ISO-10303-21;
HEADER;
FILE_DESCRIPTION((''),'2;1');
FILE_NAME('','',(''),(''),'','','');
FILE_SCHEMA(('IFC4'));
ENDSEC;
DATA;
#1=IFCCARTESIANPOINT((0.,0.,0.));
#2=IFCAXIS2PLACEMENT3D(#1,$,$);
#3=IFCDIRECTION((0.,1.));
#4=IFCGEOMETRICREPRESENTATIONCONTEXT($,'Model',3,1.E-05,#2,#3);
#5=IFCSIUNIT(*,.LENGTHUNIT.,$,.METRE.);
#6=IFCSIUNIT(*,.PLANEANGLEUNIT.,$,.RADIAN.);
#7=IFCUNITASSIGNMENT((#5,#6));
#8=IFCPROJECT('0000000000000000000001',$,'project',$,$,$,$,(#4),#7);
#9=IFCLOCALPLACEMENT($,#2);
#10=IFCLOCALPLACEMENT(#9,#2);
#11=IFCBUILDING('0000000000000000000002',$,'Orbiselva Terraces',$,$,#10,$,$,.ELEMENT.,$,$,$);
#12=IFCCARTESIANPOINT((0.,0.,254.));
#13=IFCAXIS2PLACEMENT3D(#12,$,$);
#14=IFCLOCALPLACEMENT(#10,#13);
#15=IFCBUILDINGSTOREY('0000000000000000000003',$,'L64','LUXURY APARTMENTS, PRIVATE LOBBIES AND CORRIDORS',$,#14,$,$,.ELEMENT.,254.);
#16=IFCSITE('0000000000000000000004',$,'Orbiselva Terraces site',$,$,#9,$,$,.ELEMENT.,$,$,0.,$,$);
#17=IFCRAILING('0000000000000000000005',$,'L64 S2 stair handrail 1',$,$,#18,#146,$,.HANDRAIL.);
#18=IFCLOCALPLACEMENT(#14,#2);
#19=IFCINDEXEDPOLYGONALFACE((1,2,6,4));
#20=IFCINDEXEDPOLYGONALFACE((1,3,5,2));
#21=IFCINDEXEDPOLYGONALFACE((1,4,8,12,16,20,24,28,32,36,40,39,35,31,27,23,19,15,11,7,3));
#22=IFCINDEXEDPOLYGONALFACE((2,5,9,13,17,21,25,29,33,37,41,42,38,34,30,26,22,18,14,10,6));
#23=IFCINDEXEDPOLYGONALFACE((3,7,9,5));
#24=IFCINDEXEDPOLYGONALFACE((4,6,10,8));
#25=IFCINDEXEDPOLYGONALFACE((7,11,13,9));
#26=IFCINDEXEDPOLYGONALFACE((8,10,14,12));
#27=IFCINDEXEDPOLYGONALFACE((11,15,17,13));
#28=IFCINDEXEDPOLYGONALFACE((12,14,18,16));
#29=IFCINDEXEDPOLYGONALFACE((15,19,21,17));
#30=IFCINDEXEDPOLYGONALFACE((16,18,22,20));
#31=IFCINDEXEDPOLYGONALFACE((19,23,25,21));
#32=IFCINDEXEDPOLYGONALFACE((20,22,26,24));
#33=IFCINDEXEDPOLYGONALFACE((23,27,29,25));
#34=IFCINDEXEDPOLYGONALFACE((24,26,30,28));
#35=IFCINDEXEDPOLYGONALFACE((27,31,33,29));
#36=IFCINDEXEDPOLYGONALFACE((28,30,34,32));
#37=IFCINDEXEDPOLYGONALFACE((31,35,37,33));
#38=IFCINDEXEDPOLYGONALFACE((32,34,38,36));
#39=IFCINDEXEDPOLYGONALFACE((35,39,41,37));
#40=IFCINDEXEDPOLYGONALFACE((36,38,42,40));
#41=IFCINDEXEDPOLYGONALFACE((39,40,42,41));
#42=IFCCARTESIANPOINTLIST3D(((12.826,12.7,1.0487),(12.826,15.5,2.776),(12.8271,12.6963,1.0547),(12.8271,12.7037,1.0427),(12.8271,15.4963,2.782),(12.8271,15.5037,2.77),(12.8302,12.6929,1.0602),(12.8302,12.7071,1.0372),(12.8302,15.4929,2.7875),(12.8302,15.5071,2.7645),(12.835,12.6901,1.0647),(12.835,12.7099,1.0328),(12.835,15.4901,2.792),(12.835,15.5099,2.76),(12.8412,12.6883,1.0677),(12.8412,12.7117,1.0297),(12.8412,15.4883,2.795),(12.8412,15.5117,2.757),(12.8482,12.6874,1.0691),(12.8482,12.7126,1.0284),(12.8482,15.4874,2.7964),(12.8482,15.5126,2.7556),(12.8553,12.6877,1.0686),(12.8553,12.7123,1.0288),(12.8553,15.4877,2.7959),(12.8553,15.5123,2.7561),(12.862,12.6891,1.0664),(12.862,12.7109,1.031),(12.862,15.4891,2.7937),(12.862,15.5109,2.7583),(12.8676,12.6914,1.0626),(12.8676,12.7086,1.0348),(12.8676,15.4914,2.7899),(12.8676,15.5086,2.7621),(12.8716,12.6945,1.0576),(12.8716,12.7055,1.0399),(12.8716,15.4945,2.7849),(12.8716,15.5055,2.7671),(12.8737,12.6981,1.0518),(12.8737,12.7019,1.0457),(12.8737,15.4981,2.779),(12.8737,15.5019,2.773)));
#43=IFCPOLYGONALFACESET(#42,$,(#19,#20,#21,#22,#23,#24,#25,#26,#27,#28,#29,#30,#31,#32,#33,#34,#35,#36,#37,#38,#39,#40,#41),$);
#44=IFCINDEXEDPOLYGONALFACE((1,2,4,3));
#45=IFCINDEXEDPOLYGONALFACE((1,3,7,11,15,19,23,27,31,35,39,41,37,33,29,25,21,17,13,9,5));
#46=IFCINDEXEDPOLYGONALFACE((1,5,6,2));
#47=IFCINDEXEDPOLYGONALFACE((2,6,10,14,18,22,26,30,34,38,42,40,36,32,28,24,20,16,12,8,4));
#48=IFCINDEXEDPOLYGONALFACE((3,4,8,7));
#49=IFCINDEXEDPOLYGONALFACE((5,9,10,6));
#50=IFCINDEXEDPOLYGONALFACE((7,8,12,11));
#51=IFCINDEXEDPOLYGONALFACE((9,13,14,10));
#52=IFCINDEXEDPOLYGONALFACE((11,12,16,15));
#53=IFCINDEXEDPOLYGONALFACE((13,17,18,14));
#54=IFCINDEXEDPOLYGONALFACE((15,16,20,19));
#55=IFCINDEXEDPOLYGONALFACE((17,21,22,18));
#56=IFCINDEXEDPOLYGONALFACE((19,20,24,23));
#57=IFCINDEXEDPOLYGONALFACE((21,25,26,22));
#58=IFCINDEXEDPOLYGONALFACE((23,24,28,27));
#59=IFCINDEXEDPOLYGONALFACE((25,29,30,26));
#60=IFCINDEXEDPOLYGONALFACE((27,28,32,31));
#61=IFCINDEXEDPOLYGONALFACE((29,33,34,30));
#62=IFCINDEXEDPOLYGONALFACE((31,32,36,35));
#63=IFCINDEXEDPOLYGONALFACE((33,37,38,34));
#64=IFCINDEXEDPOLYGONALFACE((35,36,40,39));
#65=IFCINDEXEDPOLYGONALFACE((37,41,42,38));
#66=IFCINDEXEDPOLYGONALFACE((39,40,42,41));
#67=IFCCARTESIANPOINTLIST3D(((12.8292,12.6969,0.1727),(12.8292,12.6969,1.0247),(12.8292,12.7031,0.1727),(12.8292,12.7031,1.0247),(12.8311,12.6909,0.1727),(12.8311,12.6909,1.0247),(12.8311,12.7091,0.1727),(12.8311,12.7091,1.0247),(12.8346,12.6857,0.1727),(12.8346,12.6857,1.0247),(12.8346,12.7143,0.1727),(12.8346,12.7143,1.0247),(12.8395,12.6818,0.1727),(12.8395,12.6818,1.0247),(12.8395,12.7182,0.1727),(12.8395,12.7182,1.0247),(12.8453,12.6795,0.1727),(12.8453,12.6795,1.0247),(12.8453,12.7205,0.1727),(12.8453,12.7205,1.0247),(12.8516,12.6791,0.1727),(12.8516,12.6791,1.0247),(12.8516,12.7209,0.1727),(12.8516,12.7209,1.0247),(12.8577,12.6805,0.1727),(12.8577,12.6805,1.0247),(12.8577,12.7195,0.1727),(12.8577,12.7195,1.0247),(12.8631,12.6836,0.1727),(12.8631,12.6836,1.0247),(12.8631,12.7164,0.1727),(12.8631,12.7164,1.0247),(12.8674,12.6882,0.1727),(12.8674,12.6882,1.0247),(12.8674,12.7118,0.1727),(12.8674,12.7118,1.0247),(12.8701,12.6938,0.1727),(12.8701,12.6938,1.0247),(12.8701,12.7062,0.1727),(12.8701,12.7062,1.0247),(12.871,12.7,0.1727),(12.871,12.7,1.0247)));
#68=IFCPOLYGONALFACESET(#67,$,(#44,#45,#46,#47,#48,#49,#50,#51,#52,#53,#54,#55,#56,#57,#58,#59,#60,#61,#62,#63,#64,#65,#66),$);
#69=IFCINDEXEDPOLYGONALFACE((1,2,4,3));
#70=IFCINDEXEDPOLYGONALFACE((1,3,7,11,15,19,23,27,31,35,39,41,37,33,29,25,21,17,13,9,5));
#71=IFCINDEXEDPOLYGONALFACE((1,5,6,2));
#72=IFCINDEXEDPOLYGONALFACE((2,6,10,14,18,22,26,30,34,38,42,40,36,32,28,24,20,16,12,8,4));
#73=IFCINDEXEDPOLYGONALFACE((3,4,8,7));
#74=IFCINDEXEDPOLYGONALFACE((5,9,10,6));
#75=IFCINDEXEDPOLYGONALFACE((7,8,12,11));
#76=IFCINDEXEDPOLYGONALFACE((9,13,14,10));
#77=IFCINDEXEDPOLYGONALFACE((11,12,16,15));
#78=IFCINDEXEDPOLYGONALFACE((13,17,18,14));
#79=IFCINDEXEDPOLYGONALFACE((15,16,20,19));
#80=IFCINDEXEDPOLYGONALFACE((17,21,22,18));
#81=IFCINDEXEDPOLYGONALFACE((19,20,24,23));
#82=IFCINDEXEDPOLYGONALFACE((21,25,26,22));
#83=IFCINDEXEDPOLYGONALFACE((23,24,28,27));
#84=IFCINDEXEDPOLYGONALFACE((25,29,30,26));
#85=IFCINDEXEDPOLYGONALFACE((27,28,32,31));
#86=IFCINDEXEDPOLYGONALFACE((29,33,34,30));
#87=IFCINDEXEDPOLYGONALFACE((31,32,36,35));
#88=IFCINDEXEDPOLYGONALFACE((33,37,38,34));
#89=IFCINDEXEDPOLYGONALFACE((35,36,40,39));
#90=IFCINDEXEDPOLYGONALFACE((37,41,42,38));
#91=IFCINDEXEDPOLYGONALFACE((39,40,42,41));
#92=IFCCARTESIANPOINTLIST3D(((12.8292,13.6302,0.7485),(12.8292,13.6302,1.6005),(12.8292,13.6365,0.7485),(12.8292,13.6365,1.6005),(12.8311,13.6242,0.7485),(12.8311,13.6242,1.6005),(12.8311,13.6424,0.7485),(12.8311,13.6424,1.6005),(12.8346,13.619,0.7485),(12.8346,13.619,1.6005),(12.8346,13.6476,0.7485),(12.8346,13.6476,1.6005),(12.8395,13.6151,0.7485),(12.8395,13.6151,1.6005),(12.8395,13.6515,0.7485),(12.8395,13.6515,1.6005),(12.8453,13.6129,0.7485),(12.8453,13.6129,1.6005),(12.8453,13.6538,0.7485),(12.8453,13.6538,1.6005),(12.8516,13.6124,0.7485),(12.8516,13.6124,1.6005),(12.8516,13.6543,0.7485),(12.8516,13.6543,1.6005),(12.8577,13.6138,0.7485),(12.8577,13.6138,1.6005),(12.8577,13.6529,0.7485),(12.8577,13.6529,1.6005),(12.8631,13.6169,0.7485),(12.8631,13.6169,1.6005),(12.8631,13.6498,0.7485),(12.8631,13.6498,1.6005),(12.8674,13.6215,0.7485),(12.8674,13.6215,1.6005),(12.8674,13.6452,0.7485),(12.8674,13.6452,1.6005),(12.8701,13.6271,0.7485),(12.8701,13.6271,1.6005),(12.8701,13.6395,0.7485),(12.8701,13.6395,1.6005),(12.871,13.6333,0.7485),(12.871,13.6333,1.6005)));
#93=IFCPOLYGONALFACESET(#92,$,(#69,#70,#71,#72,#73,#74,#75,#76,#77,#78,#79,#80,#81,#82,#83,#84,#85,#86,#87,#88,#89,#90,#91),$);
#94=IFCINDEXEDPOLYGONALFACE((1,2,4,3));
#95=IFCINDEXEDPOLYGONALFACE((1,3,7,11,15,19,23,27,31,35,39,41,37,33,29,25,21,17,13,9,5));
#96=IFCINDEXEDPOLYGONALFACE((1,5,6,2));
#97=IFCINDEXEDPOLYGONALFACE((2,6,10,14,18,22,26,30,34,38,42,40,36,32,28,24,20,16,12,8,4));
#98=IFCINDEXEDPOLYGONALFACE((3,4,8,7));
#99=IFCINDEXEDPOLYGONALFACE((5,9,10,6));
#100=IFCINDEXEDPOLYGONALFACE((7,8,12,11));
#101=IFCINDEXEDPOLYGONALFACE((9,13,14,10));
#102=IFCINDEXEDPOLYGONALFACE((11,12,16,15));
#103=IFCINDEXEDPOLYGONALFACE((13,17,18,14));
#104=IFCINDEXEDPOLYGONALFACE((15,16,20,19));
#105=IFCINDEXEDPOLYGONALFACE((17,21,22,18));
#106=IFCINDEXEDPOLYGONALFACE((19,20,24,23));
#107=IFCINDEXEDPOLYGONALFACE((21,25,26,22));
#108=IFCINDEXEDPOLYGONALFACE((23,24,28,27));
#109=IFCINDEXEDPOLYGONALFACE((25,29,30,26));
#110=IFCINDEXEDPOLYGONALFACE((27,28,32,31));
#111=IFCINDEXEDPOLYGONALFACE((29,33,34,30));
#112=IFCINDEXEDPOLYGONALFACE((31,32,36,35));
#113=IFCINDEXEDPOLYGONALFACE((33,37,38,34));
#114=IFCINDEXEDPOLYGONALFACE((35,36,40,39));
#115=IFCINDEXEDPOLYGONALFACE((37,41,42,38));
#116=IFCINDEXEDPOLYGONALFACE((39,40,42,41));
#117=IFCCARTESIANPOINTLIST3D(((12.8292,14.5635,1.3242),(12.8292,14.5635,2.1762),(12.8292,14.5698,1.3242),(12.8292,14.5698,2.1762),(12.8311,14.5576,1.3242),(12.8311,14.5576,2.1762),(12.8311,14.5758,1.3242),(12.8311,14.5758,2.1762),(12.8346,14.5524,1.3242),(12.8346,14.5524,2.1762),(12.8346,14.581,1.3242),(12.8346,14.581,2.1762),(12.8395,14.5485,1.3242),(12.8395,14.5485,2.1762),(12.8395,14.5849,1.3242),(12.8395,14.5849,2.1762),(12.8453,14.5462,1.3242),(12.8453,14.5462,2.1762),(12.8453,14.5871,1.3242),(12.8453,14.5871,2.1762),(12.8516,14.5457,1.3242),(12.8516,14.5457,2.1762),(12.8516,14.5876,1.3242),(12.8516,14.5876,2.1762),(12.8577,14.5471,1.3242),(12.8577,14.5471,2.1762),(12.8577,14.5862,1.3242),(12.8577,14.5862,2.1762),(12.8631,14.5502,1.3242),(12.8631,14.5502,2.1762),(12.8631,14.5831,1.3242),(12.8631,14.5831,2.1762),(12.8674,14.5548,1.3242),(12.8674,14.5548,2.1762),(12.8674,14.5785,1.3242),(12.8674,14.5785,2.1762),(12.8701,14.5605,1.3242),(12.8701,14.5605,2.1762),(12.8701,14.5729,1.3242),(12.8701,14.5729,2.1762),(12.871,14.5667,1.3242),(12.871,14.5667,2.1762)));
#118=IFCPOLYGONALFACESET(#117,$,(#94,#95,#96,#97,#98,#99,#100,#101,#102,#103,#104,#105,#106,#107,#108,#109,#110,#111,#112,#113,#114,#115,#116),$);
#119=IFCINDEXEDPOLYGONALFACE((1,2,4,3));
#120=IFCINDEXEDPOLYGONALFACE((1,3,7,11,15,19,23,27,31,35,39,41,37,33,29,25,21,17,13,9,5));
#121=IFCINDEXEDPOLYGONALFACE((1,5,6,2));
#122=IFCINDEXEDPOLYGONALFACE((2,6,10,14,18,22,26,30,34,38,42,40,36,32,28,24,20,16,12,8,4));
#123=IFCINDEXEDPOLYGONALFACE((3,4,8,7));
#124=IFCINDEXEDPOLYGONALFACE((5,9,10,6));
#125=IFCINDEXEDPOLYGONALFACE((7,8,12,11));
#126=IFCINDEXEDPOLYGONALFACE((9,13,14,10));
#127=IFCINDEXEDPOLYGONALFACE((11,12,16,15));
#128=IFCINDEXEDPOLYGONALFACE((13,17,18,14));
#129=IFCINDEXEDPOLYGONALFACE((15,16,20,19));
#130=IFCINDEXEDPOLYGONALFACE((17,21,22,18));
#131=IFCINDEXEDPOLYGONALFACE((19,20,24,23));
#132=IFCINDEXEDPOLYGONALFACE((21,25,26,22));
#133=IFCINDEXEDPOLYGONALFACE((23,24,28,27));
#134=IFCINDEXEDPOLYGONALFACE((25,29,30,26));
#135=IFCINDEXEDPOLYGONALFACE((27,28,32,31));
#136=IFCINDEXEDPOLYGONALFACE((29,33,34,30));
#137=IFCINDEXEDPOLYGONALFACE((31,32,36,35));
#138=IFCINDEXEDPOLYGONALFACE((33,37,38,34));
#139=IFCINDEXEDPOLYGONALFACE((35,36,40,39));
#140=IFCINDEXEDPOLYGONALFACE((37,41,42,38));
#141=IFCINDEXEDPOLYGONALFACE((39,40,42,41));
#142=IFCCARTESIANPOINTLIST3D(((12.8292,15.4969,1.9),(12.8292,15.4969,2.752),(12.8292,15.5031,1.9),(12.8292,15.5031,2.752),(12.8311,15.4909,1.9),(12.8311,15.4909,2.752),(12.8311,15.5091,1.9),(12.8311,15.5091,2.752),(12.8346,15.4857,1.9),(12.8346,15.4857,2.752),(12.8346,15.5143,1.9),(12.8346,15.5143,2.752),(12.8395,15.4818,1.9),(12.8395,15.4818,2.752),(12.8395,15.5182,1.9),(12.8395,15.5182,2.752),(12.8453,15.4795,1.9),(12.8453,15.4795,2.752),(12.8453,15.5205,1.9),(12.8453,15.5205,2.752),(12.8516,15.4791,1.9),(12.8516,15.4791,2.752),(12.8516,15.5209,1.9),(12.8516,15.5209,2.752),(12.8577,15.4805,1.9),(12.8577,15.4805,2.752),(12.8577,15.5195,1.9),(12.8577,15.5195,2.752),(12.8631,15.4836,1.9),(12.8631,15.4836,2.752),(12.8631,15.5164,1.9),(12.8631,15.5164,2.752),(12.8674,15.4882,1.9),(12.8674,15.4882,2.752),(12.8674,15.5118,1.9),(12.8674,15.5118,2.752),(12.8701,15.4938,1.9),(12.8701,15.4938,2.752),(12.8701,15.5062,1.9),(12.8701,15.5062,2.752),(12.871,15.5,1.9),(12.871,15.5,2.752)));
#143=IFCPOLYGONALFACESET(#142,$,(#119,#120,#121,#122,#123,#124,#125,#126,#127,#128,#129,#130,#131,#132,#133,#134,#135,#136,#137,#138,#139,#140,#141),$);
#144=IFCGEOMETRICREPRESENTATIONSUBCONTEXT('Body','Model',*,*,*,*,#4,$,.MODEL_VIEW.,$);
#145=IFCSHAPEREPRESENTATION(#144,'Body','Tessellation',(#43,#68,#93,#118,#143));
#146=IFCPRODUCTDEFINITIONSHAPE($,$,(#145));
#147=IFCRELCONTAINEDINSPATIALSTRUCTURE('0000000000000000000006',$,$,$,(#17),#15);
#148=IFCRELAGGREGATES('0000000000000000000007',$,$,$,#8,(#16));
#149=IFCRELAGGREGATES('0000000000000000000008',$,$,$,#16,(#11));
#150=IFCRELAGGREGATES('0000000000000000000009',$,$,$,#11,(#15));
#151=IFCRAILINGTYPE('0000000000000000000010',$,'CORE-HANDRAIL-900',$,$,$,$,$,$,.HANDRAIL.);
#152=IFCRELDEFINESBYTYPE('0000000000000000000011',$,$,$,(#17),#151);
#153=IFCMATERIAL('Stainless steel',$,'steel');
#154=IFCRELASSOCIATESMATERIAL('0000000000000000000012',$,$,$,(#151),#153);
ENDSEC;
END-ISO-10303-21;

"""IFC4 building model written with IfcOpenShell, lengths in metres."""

from ifc_helpers import new_model, si_unit, direction, frame, origin, origin_2d, place, context, subcontext, project, spatial, circle, extrude, material, type_object, element, save


model = new_model("IFC4")

# Units and contexts
model_context = context("Model", 3, precision=1e-05, world=origin(), true_north=direction((0.0, 1.0)))
body_context = subcontext(model_context, "Body", "Model", "MODEL_VIEW")
ifc_project = project(units=[si_unit("LENGTHUNIT", "METRE"), si_unit("PLANEANGLEUNIT", "RADIAN")], contexts=[model_context])

# Site, building, storey
site_placement = place(None, origin())
site = spatial("IfcSite", under=ifc_project, at=site_placement, Name="Orbiselva Terraces site", CompositionType="ELEMENT", RefElevation=0.0)
building_placement = place(site_placement, origin())
building = spatial("IfcBuilding", under=site, at=building_placement, Name="Orbiselva Terraces", CompositionType="ELEMENT")
storey_placement = place(building_placement, frame((0.0, 0.0, 254.0)))
storey = spatial("IfcBuildingStorey", under=building, at=storey_placement, Name="L64", Description="LUXURY APARTMENTS, PRIVATE LOBBIES AND CORRIDORS", CompositionType="ELEMENT", Elevation=254.0)

# Railing
ifc_material_1 = material(Name="Stainless steel", Category="steel")
railing_type = type_object("IfcRailingType", Name="CORE-HANDRAIL-900", PredefinedType="HANDRAIL", material=ifc_material_1)
railing_placement = place(storey_placement, frame((12.85, 12.7, 0.1727)))
element("IfcRailing", 1, at=railing_placement, inside=storey, type_object=railing_type, Name="L64 S2 stair handrail 1", PredefinedType="HANDRAIL", context=body_context, shape_type="SweptSolid", body=[
    extrude(circle(Radius=0.024, at=origin_2d()), frame((0.0, 0.0, 0.876), z_axis=(0.0, 0.851089, 0.525022), x_axis=(-1.0, 0.0, 0.0)), (0.0, 0.0, 1.0), 3.2899),
    extrude(circle(Radius=0.021, at=origin_2d()), origin(), (0.0, 0.0, 1.0), 0.852),
    extrude(circle(Radius=0.021, at=origin_2d()), frame((0.0, 0.9333, 0.5758)), (0.0, 0.0, 1.0), 0.852),
    extrude(circle(Radius=0.021, at=origin_2d()), frame((0.0, 1.8667, 1.1515)), (0.0, 0.0, 1.0), 0.852),
    extrude(circle(Radius=0.021, at=origin_2d()), frame((0.0, 2.8, 1.7273)), (0.0, 0.0, 1.0), 0.852),
])

save(model, "model.ifc")
